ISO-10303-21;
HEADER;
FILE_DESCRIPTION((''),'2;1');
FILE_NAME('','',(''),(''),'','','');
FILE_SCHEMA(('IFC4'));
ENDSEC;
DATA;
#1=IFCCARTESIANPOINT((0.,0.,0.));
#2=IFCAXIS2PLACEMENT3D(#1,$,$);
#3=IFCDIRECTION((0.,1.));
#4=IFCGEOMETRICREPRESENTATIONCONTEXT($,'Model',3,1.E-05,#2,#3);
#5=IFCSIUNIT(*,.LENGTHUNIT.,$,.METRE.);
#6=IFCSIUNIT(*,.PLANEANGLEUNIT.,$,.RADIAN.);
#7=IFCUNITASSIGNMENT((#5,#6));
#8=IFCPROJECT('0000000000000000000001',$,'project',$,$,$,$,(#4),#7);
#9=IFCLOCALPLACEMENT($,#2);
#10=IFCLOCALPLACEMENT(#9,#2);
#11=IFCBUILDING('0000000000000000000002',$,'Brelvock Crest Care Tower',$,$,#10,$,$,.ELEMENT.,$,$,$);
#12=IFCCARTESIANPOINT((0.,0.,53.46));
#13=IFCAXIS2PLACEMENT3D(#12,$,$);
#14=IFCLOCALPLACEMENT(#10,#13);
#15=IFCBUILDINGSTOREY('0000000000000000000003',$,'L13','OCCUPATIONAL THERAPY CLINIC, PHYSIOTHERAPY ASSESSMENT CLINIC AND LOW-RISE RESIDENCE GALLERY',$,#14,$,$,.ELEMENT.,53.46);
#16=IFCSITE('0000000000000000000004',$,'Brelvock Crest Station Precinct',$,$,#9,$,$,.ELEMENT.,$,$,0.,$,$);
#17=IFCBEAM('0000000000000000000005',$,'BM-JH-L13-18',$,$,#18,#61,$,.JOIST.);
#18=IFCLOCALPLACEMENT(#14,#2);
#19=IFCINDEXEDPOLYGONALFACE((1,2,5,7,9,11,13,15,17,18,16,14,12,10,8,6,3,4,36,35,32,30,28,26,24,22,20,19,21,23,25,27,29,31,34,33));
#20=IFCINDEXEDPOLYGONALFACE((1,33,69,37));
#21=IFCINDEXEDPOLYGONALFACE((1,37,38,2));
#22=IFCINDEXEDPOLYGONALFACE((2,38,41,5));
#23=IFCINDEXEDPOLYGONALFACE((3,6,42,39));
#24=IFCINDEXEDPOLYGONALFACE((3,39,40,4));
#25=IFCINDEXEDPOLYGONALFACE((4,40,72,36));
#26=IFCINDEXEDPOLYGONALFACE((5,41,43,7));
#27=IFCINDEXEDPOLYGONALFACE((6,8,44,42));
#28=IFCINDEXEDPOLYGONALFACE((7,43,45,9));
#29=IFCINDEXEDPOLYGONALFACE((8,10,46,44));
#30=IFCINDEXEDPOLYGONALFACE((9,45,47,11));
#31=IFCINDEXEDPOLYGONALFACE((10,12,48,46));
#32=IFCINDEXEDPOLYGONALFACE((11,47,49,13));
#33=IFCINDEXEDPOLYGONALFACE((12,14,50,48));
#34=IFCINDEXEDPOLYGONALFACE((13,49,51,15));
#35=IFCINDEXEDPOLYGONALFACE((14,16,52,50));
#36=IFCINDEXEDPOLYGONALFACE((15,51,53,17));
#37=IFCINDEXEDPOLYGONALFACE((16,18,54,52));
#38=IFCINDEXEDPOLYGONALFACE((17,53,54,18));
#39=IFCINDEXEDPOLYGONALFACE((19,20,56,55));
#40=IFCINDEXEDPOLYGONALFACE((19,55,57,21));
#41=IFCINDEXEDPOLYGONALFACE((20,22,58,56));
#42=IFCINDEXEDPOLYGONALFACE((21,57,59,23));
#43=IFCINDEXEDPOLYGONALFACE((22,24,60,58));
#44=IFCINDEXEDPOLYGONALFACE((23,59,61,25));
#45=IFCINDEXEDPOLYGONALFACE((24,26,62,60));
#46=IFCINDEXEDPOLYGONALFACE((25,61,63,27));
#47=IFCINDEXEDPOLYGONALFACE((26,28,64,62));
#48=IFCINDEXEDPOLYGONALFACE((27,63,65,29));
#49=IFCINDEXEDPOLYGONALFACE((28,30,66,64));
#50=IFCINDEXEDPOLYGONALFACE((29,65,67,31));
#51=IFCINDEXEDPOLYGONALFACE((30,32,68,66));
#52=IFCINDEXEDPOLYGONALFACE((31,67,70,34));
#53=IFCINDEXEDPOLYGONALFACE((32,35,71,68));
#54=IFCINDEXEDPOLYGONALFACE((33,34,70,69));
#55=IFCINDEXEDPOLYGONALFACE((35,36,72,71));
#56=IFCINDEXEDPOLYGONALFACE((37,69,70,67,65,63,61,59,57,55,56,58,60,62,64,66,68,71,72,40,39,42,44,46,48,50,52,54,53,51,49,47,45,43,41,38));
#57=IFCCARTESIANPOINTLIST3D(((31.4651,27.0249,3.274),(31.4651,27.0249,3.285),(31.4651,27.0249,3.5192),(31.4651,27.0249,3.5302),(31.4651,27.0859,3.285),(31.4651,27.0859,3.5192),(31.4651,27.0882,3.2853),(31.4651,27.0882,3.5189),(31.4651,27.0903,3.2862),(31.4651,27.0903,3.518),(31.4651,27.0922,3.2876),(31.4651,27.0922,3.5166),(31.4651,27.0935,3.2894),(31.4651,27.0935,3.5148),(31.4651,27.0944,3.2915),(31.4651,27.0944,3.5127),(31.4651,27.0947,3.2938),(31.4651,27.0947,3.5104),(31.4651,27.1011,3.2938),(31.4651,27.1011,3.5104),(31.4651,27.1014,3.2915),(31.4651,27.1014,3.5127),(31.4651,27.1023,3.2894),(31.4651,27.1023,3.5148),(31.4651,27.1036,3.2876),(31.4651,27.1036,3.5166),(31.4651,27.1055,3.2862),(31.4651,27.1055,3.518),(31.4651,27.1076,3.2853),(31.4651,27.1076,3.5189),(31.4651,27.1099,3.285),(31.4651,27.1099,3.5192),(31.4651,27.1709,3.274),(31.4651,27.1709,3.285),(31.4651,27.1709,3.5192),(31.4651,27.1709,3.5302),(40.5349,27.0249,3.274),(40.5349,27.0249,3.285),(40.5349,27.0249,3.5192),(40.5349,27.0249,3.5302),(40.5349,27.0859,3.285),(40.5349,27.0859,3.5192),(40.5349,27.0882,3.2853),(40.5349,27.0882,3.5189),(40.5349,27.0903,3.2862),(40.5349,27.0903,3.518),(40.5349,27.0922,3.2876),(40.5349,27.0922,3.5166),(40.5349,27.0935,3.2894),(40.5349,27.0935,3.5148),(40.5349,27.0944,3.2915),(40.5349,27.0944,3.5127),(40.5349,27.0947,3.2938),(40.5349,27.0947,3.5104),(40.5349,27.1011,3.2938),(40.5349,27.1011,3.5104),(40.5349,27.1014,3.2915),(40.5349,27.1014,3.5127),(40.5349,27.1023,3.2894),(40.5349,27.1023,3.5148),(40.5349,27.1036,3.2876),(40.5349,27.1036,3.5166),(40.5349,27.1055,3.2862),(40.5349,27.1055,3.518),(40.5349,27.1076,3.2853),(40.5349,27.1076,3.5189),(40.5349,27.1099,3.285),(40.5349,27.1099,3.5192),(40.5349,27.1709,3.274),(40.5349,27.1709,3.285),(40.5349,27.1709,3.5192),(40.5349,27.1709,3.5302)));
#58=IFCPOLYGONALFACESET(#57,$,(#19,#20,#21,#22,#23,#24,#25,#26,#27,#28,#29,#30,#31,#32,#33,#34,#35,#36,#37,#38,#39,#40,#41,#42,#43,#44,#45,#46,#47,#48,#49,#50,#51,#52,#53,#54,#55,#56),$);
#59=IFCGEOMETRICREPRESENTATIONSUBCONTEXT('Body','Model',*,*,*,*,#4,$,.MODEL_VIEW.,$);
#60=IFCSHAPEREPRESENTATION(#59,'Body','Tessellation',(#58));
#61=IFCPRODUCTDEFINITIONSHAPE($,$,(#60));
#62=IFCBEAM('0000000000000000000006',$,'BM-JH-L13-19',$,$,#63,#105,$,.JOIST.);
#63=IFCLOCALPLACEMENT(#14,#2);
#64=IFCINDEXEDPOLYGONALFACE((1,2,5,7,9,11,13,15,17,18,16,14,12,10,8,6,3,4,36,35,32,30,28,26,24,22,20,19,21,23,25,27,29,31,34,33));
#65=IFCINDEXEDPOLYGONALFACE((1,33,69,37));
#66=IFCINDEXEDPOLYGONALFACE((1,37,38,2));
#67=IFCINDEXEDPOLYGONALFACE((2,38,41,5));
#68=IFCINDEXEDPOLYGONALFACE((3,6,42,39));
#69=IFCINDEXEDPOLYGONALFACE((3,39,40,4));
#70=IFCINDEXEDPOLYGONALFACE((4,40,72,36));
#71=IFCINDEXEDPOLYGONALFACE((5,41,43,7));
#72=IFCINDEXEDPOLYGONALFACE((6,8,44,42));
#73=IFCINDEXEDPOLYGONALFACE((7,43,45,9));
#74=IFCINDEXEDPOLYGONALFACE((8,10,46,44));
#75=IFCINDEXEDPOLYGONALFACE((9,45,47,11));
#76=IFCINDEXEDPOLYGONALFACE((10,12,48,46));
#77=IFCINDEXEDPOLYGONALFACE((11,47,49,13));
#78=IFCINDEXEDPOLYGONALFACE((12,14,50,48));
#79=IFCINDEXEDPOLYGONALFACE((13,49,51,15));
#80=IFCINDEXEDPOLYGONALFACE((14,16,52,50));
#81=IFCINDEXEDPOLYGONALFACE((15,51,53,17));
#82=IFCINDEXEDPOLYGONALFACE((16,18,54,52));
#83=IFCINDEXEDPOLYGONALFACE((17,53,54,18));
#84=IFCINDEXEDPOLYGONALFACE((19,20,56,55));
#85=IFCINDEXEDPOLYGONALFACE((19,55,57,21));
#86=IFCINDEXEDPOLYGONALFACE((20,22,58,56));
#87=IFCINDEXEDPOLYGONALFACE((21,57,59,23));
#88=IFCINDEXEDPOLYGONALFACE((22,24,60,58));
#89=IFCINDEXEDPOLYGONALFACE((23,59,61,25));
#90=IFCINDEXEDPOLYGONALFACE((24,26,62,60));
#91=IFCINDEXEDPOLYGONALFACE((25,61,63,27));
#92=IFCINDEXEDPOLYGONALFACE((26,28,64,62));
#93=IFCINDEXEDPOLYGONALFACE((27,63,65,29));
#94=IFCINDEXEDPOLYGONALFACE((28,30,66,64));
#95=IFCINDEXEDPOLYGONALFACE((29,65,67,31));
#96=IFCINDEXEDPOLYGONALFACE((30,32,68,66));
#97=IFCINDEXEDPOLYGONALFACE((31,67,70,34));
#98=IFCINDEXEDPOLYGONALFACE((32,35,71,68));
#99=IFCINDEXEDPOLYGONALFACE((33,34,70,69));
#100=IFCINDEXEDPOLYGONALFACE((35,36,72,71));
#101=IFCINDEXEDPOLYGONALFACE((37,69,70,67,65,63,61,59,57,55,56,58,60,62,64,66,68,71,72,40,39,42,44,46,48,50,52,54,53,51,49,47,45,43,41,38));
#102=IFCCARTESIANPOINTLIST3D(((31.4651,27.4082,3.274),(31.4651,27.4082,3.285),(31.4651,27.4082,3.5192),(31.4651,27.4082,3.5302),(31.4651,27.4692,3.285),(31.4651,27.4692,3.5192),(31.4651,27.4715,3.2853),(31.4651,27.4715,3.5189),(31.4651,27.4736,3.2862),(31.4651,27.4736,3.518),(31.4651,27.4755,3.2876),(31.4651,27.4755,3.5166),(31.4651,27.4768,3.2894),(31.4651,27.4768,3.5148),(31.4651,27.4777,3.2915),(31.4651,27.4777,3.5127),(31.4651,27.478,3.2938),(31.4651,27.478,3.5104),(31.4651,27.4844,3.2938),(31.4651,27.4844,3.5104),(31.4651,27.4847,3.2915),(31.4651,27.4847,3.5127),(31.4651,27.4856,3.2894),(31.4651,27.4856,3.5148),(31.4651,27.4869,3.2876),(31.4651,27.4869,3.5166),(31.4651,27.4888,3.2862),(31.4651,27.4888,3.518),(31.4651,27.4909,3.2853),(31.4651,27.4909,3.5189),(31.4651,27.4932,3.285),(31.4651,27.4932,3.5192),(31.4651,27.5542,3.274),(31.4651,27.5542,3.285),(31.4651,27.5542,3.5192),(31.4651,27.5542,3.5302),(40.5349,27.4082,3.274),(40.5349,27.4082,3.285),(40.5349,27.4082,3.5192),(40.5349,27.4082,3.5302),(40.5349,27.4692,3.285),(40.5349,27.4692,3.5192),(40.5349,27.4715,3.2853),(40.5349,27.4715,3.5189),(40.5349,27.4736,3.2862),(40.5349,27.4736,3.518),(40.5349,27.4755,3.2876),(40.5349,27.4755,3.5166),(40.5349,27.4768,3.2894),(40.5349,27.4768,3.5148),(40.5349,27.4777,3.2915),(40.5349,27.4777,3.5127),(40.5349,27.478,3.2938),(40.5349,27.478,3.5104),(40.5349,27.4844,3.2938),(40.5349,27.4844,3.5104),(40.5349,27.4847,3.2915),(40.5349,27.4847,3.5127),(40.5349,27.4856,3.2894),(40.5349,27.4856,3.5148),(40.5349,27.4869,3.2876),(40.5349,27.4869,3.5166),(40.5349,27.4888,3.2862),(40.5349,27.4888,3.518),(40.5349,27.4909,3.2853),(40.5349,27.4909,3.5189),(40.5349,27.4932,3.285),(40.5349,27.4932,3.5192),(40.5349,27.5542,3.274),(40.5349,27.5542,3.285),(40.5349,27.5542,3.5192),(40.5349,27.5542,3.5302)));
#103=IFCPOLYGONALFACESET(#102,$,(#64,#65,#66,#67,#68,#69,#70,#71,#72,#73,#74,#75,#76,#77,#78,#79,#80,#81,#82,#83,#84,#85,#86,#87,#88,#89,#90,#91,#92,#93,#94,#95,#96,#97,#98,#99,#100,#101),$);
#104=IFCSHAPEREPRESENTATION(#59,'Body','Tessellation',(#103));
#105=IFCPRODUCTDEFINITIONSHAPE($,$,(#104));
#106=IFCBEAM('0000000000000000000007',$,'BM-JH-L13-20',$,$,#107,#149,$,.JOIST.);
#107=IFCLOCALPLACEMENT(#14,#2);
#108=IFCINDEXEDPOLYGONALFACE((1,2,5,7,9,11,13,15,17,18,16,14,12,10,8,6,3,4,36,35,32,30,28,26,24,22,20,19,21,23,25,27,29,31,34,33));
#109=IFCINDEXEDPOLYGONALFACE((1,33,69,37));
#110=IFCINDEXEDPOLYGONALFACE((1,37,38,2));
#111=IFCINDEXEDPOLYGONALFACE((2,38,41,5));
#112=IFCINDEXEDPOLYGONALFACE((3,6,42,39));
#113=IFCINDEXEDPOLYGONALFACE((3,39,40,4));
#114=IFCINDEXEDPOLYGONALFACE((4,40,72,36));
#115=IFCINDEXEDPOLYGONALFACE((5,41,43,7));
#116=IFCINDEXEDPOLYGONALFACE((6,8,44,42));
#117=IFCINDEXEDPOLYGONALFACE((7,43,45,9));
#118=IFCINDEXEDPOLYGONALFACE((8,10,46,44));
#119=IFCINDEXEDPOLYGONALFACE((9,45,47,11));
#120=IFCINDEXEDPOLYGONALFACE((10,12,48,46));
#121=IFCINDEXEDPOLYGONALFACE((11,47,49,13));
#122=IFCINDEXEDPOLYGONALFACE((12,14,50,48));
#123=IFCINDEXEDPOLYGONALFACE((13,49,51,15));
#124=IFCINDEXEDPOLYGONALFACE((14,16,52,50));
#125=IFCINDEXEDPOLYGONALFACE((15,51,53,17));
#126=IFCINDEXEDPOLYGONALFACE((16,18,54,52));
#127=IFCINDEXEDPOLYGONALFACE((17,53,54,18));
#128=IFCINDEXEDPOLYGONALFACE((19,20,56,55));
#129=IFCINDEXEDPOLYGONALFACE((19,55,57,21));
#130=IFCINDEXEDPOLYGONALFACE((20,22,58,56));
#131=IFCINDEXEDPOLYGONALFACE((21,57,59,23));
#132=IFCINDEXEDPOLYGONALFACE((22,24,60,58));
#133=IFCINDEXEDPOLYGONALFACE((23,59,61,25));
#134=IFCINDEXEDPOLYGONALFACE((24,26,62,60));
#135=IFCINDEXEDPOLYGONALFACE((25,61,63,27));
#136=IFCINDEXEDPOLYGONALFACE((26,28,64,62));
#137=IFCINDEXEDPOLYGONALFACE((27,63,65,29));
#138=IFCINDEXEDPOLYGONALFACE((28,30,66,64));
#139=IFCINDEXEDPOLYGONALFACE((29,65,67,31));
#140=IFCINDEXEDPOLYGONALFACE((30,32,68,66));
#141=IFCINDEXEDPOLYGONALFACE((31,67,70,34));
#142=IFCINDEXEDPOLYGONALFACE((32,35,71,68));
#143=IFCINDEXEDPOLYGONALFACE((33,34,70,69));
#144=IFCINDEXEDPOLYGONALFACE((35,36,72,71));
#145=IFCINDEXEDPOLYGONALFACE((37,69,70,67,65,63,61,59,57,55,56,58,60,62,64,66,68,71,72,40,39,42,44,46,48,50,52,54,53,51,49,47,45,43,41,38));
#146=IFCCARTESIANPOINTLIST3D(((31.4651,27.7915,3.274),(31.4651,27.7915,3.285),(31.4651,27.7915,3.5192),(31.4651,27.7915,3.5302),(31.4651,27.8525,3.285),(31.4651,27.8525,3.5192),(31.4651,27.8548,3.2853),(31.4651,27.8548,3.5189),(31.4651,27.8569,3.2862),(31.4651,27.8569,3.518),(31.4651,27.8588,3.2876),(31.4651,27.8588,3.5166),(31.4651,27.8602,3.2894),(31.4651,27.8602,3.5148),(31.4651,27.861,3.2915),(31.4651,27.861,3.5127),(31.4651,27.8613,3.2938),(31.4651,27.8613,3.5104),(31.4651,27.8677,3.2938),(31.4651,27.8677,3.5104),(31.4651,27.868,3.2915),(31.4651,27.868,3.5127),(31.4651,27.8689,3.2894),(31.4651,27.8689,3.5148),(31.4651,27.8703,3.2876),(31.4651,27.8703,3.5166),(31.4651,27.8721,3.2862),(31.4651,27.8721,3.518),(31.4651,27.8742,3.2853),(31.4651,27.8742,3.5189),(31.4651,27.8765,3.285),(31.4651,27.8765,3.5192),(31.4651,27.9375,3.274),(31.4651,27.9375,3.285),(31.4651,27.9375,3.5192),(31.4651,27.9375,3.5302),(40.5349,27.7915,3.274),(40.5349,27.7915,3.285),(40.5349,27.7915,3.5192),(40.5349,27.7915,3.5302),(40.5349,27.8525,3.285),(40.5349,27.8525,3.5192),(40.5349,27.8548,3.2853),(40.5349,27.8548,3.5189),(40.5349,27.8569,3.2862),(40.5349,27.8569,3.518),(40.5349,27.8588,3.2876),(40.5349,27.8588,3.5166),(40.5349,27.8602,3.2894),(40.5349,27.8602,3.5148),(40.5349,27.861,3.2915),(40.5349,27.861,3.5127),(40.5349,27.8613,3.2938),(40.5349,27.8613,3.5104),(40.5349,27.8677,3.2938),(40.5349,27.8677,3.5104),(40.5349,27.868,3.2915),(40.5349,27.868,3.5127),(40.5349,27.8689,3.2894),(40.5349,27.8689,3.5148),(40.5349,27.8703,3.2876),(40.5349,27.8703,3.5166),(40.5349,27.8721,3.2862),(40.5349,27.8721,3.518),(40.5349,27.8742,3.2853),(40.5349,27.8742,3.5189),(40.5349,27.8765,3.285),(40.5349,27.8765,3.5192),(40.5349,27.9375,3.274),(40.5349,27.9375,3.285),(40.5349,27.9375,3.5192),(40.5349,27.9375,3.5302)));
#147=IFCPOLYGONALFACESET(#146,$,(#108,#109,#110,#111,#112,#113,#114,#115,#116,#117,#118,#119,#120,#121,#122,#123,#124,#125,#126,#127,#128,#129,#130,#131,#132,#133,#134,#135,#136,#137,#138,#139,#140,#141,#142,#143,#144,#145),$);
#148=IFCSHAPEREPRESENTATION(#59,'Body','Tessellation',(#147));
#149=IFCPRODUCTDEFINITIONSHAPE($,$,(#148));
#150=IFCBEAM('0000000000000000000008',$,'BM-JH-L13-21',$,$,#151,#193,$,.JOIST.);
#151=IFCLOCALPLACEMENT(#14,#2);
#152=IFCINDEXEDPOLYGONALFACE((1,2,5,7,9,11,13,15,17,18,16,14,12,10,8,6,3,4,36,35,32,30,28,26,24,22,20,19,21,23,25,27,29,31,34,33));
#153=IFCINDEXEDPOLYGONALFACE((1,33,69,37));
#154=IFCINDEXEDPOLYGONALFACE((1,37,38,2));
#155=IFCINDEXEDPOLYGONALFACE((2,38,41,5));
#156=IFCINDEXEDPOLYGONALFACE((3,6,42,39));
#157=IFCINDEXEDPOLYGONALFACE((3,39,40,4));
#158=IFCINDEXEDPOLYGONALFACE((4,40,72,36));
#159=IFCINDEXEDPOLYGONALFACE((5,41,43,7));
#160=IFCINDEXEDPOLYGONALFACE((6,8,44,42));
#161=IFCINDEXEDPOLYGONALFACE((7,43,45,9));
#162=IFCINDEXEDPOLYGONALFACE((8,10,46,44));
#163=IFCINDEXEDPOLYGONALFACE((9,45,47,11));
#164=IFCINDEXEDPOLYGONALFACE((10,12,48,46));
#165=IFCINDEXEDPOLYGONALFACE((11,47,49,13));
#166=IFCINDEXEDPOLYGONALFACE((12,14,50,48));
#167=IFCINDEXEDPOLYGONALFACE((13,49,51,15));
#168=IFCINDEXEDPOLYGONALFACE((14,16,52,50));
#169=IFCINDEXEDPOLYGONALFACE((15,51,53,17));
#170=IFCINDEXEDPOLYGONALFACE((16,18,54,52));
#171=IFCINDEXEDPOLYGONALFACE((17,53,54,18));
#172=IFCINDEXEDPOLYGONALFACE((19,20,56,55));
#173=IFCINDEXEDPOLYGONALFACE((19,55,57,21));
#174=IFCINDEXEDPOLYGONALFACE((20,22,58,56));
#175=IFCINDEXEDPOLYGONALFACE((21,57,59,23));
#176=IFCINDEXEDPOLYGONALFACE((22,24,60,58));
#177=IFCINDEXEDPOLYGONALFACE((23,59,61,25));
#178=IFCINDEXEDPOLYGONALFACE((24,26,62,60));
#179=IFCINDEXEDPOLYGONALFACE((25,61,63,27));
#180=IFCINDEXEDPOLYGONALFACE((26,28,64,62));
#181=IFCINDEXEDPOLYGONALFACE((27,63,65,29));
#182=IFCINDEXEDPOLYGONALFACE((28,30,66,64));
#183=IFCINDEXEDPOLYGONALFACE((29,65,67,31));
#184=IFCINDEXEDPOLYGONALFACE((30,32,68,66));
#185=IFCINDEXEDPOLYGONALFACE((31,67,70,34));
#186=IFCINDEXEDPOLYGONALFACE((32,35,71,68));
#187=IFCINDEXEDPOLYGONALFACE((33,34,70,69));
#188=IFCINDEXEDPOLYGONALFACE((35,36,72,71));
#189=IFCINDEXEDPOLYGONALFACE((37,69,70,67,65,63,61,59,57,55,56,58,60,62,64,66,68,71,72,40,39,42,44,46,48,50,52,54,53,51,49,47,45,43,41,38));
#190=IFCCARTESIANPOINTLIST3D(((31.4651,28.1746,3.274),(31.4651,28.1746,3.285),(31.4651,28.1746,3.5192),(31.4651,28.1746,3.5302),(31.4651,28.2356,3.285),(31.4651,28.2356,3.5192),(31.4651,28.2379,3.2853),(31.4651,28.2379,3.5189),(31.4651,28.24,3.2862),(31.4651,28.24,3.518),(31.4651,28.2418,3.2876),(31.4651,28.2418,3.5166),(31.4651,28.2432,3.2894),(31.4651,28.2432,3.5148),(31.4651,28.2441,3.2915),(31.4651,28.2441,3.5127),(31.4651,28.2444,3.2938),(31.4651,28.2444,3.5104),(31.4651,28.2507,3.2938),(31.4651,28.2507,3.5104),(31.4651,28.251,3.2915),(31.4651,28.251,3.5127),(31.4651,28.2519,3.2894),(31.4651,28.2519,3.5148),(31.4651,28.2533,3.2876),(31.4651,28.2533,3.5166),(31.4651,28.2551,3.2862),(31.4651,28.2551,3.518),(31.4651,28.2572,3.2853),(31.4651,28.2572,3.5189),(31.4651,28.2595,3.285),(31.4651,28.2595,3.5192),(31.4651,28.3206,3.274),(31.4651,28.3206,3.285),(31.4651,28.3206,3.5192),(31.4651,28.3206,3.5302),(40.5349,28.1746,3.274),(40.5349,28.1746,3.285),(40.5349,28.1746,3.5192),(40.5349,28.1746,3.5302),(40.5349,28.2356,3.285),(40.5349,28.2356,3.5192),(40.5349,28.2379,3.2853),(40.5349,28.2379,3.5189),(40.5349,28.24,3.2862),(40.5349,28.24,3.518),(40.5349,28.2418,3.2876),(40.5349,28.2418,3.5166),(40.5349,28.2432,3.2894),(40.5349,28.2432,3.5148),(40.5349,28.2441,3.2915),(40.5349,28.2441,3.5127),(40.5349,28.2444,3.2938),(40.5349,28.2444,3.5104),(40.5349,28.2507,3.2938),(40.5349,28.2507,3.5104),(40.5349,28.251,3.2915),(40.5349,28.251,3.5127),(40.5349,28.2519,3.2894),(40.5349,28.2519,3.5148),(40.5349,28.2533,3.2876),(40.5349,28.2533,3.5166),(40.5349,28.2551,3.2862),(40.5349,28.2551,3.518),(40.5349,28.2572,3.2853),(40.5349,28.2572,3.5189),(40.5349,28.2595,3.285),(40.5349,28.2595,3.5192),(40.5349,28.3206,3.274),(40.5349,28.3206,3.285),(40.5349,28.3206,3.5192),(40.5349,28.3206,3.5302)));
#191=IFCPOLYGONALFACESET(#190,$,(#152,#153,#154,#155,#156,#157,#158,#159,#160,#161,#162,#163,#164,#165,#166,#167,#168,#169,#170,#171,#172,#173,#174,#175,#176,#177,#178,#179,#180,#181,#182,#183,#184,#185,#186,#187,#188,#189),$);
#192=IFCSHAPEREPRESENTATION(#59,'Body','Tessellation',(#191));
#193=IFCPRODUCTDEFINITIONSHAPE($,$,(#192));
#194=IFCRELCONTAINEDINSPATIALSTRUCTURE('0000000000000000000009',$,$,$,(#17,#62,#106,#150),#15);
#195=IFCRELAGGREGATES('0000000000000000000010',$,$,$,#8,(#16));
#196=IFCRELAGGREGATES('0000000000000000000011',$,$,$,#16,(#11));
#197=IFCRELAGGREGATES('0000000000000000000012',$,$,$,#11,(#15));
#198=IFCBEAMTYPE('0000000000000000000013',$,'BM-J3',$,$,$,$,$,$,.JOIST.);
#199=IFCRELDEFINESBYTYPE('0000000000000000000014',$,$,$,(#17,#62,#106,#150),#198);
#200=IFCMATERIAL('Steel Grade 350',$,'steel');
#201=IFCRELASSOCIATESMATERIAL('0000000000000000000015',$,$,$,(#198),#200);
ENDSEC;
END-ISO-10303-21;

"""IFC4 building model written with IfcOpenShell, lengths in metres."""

from ifc_helpers import new_model, si_unit, direction, frame, origin, origin_2d, place, context, subcontext, project, spatial, i_section, extrude, source, transform, mapped, material, material_profile, profile_set, type_object, element, save


model = new_model("IFC4")

# Units and contexts
model_context = context("Model", 3, precision=1e-05, world=origin(), true_north=direction((0.0, 1.0)))
body_context = subcontext(model_context, "Body", "Model", "MODEL_VIEW")
ifc_project = project(units=[si_unit("LENGTHUNIT", "METRE"), si_unit("PLANEANGLEUNIT", "RADIAN")], contexts=[model_context])

# Site, building, storey
site_placement = place(None, origin())
site = spatial("IfcSite", under=ifc_project, at=site_placement, Name="Brelvock Crest Station Precinct", CompositionType="ELEMENT", RefElevation=0.0)
building_placement = place(site_placement, origin())
building = spatial("IfcBuilding", under=site, at=building_placement, Name="Brelvock Crest Care Tower", CompositionType="ELEMENT")
storey_placement = place(building_placement, frame((0.0, 0.0, 53.46)))
storey = spatial("IfcBuildingStorey", under=building, at=storey_placement, Name="L13", Description="OCCUPATIONAL THERAPY CLINIC, PHYSIOTHERAPY ASSESSMENT CLINIC AND LOW-RISE RESIDENCE GALLERY", CompositionType="ELEMENT", Elevation=53.46)

# Beams
ifc_material_1 = material(Name="Steel Grade 350", Category="steel")
ifc_material_profile = material_profile(ifc_material_1, i_section(OverallWidth=0.146, OverallDepth=0.2561, WebThickness=0.0063, FlangeThickness=0.011, FilletRadius=0.0088, at=origin_2d()), Name="250UB37.3")
ifc_profile_set = profile_set([ifc_material_profile], Name="Steel Grade 350")
beam_type = type_object("IfcBeamType", Name="BM-J3", PredefinedType="JOIST", material=ifc_profile_set)
shared_shape_1 = source(origin(), body_context, "Body", "SweptSolid", [
    extrude(i_section(OverallWidth=0.146, OverallDepth=0.2561, WebThickness=0.0063, FlangeThickness=0.011, FilletRadius=0.0088, at=origin_2d()), origin(), (0.0, 0.0, 1.0), 9.0698),
])
for number, where, z_axis, x_axis, name in (
    (1, (31.4651, 27.0979, 3.4021), (1.0, 0.0, 0.0), (0.0, 1.0, 0.0), "BM-JH-L13-18"),
    (2, (31.4651, 27.4812, 3.4021), (1.0, 0.0, 0.0), (0.0, 1.0, 0.0), "BM-JH-L13-19"),
    (3, (31.4651, 27.8645, 3.4021), (1.0, 0.0, 0.0), (0.0, 1.0, 0.0), "BM-JH-L13-20"),
    (4, (31.4651, 28.2476, 3.4021), (1.0, 0.0, 0.0), (0.0, 1.0, 0.0), "BM-JH-L13-21"),
):
    element("IfcBeam", number, at=place(storey_placement, frame(where, z_axis=z_axis, x_axis=x_axis)), inside=storey, type_object=beam_type, Name=name, PredefinedType="JOIST", context=body_context, shape_type="MappedRepresentation", body=[
        mapped(shared_shape_1, transform((0.0, 0.0, 0.0), x_axis=(1.0, 0.0, 0.0), y_axis=(0.0, 1.0, 0.0), z_axis=(0.0, 0.0, 1.0), scale=1.0)),
    ])

save(model, "model.ifc")
